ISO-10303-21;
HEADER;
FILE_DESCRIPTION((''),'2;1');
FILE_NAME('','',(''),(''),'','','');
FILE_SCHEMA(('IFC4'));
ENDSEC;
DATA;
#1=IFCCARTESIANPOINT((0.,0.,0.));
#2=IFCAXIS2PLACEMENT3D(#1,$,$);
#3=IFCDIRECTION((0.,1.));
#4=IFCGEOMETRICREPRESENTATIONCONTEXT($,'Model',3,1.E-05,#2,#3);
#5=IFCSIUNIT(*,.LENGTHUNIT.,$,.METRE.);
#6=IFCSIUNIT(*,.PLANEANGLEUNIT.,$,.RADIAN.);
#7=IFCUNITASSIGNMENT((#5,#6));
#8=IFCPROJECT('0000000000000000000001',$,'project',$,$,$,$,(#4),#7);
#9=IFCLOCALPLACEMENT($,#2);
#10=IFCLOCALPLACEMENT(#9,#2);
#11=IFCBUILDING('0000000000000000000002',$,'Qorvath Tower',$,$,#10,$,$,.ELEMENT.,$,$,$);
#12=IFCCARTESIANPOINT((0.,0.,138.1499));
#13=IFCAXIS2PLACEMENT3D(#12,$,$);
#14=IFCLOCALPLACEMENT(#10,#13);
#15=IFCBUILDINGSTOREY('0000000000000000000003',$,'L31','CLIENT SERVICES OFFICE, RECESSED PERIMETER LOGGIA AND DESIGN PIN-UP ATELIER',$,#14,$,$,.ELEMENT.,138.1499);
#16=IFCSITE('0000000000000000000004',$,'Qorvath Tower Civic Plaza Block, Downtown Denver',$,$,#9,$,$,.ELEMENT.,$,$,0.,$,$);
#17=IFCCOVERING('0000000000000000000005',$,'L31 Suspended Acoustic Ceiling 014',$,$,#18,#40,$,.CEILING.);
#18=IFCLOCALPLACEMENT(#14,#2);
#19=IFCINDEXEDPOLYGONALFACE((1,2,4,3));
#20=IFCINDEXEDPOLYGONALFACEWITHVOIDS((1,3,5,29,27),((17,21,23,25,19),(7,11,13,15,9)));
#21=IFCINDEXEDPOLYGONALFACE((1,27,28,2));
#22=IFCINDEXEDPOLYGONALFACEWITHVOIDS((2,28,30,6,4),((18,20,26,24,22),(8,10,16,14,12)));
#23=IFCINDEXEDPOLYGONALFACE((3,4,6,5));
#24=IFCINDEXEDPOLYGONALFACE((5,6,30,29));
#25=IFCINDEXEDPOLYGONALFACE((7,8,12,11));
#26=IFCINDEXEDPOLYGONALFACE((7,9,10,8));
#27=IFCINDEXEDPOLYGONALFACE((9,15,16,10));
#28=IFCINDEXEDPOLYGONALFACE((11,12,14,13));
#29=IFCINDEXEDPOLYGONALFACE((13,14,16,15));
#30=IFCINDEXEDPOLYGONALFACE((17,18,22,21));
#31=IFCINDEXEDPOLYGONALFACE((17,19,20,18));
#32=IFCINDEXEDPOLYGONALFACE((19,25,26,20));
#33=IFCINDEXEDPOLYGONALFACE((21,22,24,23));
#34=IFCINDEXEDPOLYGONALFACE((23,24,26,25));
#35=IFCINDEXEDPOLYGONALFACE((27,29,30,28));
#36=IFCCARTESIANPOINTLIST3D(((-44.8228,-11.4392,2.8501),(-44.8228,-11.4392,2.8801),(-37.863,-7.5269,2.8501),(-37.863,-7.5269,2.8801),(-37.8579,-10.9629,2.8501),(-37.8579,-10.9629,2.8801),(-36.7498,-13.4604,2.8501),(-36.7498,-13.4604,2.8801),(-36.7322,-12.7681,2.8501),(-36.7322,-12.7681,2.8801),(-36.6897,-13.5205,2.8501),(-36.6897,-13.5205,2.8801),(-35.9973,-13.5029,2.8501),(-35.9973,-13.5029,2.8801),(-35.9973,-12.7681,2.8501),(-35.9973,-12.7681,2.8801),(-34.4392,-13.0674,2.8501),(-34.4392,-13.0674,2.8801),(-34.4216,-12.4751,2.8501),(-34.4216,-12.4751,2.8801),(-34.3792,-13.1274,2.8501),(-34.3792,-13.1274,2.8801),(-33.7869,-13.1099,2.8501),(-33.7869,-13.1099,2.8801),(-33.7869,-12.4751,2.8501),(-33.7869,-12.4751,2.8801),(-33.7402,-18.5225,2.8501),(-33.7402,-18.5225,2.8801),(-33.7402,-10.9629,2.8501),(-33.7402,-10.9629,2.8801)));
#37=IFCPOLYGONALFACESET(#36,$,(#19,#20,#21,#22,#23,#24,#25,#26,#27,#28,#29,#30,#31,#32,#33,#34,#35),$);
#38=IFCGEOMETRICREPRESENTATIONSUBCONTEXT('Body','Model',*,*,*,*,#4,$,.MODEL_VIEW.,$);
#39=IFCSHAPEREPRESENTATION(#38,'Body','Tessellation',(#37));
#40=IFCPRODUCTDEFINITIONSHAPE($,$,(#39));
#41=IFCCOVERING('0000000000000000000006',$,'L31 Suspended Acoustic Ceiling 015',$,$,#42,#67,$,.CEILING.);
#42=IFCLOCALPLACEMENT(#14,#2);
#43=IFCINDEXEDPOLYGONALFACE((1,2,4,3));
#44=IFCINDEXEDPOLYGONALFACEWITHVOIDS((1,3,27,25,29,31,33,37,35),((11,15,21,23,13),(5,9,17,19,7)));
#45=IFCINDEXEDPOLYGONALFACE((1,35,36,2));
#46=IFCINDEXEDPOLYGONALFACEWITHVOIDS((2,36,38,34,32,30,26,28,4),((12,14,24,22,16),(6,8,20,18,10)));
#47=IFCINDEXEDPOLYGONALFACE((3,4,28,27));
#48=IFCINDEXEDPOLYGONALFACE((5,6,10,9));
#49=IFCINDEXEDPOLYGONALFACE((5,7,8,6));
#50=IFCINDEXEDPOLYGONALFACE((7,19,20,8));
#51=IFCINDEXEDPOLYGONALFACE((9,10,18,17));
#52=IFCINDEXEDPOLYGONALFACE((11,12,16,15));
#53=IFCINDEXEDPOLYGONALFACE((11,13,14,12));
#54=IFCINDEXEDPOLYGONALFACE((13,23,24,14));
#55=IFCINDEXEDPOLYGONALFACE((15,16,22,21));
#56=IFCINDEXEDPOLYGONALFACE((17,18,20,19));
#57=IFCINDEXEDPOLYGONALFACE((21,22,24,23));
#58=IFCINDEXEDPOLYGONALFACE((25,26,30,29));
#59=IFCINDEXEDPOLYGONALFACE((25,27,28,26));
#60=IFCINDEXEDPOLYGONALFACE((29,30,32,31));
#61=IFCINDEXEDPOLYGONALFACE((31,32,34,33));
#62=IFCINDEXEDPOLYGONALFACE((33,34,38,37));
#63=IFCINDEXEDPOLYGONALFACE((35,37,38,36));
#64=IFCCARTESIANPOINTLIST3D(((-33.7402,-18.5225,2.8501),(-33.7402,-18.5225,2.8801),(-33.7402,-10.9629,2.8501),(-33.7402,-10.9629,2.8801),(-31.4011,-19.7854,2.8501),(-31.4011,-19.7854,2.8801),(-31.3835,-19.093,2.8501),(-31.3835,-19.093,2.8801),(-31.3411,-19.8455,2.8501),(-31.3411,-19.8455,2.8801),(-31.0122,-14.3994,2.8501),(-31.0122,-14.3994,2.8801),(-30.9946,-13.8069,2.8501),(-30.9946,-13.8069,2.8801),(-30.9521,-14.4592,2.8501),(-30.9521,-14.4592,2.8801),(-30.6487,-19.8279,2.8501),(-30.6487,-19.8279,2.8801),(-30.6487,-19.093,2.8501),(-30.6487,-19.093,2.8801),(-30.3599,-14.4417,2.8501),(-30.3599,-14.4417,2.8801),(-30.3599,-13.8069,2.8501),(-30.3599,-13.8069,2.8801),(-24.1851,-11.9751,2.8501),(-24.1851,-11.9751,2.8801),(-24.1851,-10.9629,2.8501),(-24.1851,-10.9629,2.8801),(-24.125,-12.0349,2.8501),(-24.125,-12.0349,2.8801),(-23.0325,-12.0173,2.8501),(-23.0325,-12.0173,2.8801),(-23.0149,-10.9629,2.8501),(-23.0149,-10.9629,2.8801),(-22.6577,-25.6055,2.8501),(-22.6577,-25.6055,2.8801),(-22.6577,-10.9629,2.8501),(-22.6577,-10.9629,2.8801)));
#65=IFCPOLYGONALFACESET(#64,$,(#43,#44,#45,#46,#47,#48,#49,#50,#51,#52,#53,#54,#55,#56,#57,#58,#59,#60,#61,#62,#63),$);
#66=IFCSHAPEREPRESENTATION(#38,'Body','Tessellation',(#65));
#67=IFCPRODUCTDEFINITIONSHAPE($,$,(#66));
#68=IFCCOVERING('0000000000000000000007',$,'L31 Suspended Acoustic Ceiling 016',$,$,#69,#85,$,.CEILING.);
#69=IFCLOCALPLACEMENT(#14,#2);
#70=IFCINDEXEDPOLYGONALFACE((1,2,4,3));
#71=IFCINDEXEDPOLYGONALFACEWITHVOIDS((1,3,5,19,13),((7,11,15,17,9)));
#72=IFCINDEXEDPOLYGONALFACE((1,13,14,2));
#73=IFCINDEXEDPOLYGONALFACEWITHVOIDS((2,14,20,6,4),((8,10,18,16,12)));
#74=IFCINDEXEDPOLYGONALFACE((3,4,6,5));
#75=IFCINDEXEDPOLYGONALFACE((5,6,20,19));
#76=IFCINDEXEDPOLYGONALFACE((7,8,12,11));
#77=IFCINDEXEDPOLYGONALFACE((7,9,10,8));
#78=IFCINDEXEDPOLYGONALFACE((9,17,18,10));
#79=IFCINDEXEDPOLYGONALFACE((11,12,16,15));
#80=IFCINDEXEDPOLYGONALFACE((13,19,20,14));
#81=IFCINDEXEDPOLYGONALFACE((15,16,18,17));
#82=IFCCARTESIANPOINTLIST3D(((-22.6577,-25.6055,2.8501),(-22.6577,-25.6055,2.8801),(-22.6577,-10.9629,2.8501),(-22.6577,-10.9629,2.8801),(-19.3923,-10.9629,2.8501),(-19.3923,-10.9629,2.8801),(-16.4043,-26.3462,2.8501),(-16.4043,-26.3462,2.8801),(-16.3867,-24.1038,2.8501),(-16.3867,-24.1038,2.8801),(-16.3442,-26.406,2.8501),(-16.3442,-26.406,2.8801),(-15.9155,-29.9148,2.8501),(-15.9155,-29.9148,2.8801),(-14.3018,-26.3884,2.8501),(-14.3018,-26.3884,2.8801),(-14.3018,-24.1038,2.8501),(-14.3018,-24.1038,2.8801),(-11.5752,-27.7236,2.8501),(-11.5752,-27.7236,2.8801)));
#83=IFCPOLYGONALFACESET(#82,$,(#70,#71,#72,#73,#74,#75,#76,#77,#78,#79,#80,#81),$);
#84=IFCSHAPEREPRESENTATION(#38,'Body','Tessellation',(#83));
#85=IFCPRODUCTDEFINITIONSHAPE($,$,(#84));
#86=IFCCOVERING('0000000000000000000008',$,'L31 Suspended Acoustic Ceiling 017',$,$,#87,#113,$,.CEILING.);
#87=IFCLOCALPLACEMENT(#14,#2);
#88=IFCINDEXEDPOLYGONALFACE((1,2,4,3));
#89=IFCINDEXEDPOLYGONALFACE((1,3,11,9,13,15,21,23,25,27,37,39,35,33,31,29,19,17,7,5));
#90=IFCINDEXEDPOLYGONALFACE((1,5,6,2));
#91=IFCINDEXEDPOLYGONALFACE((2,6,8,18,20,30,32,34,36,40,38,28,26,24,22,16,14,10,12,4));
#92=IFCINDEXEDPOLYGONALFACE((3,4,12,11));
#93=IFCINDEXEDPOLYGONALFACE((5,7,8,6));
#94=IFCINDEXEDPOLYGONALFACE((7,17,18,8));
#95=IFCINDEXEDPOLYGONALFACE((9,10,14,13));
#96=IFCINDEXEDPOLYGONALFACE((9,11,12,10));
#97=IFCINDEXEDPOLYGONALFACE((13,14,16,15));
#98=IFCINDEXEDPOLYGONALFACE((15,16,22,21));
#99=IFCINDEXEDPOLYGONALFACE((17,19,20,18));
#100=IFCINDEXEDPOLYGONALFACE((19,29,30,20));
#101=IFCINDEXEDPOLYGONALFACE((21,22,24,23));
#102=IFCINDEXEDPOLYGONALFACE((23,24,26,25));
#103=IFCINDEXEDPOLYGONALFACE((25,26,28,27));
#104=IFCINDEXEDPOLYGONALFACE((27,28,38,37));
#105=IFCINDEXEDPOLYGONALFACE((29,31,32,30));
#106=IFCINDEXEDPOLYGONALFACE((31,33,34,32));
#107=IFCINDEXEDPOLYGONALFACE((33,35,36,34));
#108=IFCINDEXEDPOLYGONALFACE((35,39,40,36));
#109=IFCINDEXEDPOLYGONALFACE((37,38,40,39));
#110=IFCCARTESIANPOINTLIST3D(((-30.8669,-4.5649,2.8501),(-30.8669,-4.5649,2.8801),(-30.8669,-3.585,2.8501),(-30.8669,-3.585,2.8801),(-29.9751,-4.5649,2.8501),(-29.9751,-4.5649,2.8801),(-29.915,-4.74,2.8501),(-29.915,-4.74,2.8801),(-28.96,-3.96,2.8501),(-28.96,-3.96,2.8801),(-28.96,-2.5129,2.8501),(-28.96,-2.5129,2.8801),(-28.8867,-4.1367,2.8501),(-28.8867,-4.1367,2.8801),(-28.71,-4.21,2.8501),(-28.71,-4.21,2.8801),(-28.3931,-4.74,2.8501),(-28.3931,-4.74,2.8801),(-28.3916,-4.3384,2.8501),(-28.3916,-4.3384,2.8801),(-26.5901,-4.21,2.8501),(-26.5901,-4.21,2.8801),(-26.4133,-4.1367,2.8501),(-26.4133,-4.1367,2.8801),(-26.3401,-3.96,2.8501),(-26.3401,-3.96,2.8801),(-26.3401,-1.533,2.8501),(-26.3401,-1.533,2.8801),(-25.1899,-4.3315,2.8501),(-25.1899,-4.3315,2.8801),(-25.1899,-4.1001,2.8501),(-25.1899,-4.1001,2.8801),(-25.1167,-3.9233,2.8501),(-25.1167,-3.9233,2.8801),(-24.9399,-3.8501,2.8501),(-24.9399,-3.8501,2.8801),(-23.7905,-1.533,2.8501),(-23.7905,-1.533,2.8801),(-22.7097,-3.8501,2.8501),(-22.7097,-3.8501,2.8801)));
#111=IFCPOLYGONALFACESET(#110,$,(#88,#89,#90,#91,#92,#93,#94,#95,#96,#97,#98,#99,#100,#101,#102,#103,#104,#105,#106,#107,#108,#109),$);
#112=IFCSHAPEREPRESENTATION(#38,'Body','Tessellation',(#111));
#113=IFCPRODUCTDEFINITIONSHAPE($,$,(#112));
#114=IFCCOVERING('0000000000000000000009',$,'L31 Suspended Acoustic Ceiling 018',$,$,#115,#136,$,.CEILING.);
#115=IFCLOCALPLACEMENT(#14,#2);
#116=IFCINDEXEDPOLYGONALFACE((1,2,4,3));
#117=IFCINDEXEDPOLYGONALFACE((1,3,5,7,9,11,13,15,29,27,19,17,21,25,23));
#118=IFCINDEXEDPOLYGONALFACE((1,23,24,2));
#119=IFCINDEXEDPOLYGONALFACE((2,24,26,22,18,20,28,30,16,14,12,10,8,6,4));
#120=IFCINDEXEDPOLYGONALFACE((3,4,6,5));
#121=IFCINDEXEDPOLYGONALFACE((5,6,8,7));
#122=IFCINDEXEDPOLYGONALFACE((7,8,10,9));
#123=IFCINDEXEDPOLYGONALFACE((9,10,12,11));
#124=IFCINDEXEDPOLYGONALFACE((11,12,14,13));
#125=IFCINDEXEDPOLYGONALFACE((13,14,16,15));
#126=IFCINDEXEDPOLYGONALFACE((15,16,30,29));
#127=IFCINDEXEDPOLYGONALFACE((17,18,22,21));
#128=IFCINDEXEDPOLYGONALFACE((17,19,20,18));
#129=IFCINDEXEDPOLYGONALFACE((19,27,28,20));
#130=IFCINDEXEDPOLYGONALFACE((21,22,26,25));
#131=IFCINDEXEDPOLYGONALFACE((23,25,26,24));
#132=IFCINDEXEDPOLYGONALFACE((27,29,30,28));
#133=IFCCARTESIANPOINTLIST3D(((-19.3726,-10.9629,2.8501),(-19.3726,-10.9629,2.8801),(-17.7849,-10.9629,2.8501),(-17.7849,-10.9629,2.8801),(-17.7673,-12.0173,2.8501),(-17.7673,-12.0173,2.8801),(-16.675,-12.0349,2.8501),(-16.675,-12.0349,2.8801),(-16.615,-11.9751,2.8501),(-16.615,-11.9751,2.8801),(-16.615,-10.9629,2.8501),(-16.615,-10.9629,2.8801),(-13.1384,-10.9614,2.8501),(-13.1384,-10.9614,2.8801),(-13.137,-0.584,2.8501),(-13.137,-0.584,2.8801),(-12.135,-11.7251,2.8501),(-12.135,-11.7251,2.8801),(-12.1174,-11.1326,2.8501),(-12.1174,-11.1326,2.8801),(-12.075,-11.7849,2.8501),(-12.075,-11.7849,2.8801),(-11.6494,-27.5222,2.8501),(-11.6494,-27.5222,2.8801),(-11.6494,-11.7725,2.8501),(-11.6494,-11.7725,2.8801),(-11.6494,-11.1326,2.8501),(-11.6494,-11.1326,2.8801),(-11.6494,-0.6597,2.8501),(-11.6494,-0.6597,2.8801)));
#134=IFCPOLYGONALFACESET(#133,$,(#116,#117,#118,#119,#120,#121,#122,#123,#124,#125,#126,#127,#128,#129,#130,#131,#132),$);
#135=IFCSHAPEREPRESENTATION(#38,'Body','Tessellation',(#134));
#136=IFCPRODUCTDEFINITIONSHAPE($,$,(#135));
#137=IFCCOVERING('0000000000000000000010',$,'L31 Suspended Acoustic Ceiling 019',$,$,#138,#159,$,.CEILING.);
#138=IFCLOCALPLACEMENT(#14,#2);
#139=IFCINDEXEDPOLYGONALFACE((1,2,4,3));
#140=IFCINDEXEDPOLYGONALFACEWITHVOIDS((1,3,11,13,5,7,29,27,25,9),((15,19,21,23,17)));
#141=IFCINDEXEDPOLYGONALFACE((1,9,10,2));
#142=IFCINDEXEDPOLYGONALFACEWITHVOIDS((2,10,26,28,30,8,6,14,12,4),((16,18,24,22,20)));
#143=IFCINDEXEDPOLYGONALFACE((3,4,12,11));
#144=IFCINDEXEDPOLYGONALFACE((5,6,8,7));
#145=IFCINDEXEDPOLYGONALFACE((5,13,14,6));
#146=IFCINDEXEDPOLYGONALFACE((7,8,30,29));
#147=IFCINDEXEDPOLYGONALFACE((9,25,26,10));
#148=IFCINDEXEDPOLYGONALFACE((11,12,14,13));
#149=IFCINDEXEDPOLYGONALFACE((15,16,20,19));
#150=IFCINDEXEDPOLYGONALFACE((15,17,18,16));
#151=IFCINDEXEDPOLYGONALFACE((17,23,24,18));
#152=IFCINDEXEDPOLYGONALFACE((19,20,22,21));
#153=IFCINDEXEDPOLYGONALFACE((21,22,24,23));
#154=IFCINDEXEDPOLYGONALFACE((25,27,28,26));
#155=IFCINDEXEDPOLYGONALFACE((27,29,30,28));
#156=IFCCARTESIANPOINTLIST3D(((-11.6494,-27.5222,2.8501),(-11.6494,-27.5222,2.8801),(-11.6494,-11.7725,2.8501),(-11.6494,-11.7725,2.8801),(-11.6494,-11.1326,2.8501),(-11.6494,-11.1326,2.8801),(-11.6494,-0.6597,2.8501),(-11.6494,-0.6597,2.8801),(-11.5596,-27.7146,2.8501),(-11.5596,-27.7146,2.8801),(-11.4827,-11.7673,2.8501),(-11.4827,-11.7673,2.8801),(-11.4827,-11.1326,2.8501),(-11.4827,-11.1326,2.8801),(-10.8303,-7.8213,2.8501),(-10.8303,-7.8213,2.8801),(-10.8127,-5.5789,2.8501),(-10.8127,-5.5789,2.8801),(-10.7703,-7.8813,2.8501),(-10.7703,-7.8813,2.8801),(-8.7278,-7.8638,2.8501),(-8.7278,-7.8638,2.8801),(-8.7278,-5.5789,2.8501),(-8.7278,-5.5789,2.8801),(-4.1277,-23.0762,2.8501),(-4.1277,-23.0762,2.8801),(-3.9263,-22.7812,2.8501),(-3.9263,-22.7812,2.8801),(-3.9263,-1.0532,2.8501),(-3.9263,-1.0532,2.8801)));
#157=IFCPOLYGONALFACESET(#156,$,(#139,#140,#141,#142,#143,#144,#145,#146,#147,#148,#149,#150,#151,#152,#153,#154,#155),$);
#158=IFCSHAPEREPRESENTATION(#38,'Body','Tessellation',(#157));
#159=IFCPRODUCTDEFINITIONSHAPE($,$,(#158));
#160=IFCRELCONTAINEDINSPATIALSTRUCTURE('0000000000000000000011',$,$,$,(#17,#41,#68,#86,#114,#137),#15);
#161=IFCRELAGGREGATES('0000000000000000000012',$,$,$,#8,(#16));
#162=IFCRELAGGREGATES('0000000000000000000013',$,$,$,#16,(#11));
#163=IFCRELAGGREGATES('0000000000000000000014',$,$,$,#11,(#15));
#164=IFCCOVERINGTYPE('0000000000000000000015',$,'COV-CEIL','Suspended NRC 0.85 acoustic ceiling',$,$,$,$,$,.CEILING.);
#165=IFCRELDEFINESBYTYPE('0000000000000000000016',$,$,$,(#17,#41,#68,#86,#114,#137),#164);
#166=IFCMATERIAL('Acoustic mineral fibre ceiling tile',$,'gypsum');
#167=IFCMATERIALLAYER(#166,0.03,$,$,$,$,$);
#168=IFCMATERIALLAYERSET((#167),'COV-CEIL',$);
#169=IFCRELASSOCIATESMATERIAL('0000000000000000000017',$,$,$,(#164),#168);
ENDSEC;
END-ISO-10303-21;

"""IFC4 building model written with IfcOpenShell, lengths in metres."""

from ifc_helpers import new_model, si_unit, direction, frame, origin, place, context, subcontext, project, spatial, polyline, outline, extrude, material, layer, layer_set, type_object, element, save


model = new_model("IFC4")

# Units and contexts
model_context = context("Model", 3, precision=1e-05, world=origin(), true_north=direction((0.0, 1.0)))
body_context = subcontext(model_context, "Body", "Model", "MODEL_VIEW")
ifc_project = project(units=[si_unit("LENGTHUNIT", "METRE"), si_unit("PLANEANGLEUNIT", "RADIAN")], contexts=[model_context])

# Site, building, storey
site_placement = place(None, origin())
site = spatial("IfcSite", under=ifc_project, at=site_placement, Name="Qorvath Tower Civic Plaza Block, Downtown Denver", CompositionType="ELEMENT", RefElevation=0.0)
building_placement = place(site_placement, origin())
building = spatial("IfcBuilding", under=site, at=building_placement, Name="Qorvath Tower", CompositionType="ELEMENT")
storey_placement = place(building_placement, frame((0.0, 0.0, 138.1499)))
storey = spatial("IfcBuildingStorey", under=building, at=storey_placement, Name="L31", Description="CLIENT SERVICES OFFICE, RECESSED PERIMETER LOGGIA AND DESIGN PIN-UP ATELIER", CompositionType="ELEMENT", Elevation=138.1499)

# Coverings
ifc_material_1 = material(Name="Acoustic mineral fibre ceiling tile", Category="gypsum")
ifc_layer_1 = layer(ifc_material_1, 0.03)
ifc_layer_set_1 = layer_set([ifc_layer_1], Name="COV-CEIL")
covering_type_1 = type_object("IfcCoveringType", Name="COV-CEIL", Description="Suspended NRC 0.85 acoustic ceiling", PredefinedType="CEILING", material=ifc_layer_set_1)
covering_1_placement = place(storey_placement, frame((0.0, 0.0, 2.8501)))
element("IfcCovering", 1, at=covering_1_placement, inside=storey, type_object=covering_type_1, Name="L31 Suspended Acoustic Ceiling 014", PredefinedType="CEILING", context=body_context, shape_type="SweptSolid", body=[
    extrude(outline(polyline([(-33.7402, -18.5225), (-33.7402, -10.9629), (-37.8579, -10.9629), (-37.863, -7.5269), (-44.8228, -11.4392), (-33.7402, -18.5225)]), holes=[polyline([(-34.4392, -13.0674), (-34.4216, -12.4751), (-33.7869, -12.4751), (-33.7869, -13.1099), (-34.3792, -13.1274), (-34.4392, -13.0674)]), polyline([(-36.7498, -13.4604), (-36.7322, -12.7681), (-35.9973, -12.7681), (-35.9973, -13.5029), (-36.6897, -13.5205), (-36.7498, -13.4604)])]), origin(), (0.0, 0.0, 1.0), 0.03),
])
covering_2_placement = place(storey_placement, frame((0.0, 0.0, 2.8501)))
element("IfcCovering", 2, at=covering_2_placement, inside=storey, type_object=covering_type_1, Name="L31 Suspended Acoustic Ceiling 015", PredefinedType="CEILING", context=body_context, shape_type="SweptSolid", body=[
    extrude(outline(polyline([(-22.6577, -25.6055), (-22.6577, -10.9629), (-23.0149, -10.9629), (-23.0325, -12.0173), (-24.125, -12.0349), (-24.1851, -11.9751), (-24.1851, -10.9629), (-33.7402, -10.9629), (-33.7402, -18.5225), (-22.6577, -25.6055)]), holes=[polyline([(-31.0122, -14.3994), (-30.9946, -13.8069), (-30.3599, -13.8069), (-30.3599, -14.4417), (-30.9521, -14.4592), (-31.0122, -14.3994)]), polyline([(-31.4011, -19.7854), (-31.3835, -19.093), (-30.6487, -19.093), (-30.6487, -19.8279), (-31.3411, -19.8455), (-31.4011, -19.7854)])]), origin(), (0.0, 0.0, 1.0), 0.03),
])
covering_3_placement = place(storey_placement, frame((0.0, 0.0, 2.8501)))
element("IfcCovering", 3, at=covering_3_placement, inside=storey, type_object=covering_type_1, Name="L31 Suspended Acoustic Ceiling 016", PredefinedType="CEILING", context=body_context, shape_type="SweptSolid", body=[
    extrude(outline(polyline([(-11.5752, -27.7236), (-19.3923, -10.9629), (-22.6577, -10.9629), (-22.6577, -25.6055), (-15.9155, -29.9148), (-11.5752, -27.7236)]), holes=[polyline([(-16.4043, -26.3462), (-16.3867, -24.1038), (-14.3018, -24.1038), (-14.3018, -26.3884), (-16.3442, -26.406), (-16.4043, -26.3462)])]), origin(), (0.0, 0.0, 1.0), 0.03),
])
covering_4_placement = place(storey_placement, frame((0.0, 0.0, 2.8501)))
element("IfcCovering", 4, at=covering_4_placement, inside=storey, type_object=covering_type_1, Name="L31 Suspended Acoustic Ceiling 017", PredefinedType="CEILING", context=body_context, shape_type="SweptSolid", body=[
    extrude(outline(polyline([(-25.1899, -4.3315), (-25.1899, -4.1001), (-25.1167, -3.9233), (-24.9399, -3.8501), (-22.7097, -3.8501), (-23.7905, -1.533), (-26.3401, -1.533), (-26.3401, -3.96), (-26.4133, -4.1367), (-26.5901, -4.21), (-28.71, -4.21), (-28.8867, -4.1367), (-28.96, -3.96), (-28.96, -2.5129), (-30.8669, -3.585), (-30.8669, -4.5649), (-29.9751, -4.5649), (-29.915, -4.74), (-28.3931, -4.74), (-28.3916, -4.3384), (-25.1899, -4.3315)])), origin(), (0.0, 0.0, 1.0), 0.03),
])
covering_5_placement = place(storey_placement, frame((0.0, 0.0, 2.8501)))
element("IfcCovering", 5, at=covering_5_placement, inside=storey, type_object=covering_type_1, Name="L31 Suspended Acoustic Ceiling 018", PredefinedType="CEILING", context=body_context, shape_type="SweptSolid", body=[
    extrude(outline(polyline([(-13.1384, -10.9614), (-16.615, -10.9629), (-16.615, -11.9751), (-16.675, -12.0349), (-17.7673, -12.0173), (-17.7849, -10.9629), (-19.3726, -10.9629), (-11.6494, -27.5222), (-11.6494, -11.7725), (-12.075, -11.7849), (-12.135, -11.7251), (-12.1174, -11.1326), (-11.6494, -11.1326), (-11.6494, -0.6597), (-13.137, -0.584), (-13.1384, -10.9614)])), origin(), (0.0, 0.0, 1.0), 0.03),
])
covering_6_placement = place(storey_placement, frame((0.0, 0.0, 2.8501)))
element("IfcCovering", 6, at=covering_6_placement, inside=storey, type_object=covering_type_1, Name="L31 Suspended Acoustic Ceiling 019", PredefinedType="CEILING", context=body_context, shape_type="SweptSolid", body=[
    extrude(outline(polyline([(-11.6494, -0.6597), (-11.6494, -11.1326), (-11.4827, -11.1326), (-11.4827, -11.7673), (-11.6494, -11.7725), (-11.6494, -27.5222), (-11.5596, -27.7146), (-4.1277, -23.0762), (-3.9263, -22.7812), (-3.9263, -1.0532), (-11.6494, -0.6597)]), holes=[polyline([(-10.8303, -7.8213), (-10.8127, -5.5789), (-8.7278, -5.5789), (-8.7278, -7.8638), (-10.7703, -7.8813), (-10.8303, -7.8213)])]), origin(), (0.0, 0.0, 1.0), 0.03),
])

save(model, "model.ifc")
